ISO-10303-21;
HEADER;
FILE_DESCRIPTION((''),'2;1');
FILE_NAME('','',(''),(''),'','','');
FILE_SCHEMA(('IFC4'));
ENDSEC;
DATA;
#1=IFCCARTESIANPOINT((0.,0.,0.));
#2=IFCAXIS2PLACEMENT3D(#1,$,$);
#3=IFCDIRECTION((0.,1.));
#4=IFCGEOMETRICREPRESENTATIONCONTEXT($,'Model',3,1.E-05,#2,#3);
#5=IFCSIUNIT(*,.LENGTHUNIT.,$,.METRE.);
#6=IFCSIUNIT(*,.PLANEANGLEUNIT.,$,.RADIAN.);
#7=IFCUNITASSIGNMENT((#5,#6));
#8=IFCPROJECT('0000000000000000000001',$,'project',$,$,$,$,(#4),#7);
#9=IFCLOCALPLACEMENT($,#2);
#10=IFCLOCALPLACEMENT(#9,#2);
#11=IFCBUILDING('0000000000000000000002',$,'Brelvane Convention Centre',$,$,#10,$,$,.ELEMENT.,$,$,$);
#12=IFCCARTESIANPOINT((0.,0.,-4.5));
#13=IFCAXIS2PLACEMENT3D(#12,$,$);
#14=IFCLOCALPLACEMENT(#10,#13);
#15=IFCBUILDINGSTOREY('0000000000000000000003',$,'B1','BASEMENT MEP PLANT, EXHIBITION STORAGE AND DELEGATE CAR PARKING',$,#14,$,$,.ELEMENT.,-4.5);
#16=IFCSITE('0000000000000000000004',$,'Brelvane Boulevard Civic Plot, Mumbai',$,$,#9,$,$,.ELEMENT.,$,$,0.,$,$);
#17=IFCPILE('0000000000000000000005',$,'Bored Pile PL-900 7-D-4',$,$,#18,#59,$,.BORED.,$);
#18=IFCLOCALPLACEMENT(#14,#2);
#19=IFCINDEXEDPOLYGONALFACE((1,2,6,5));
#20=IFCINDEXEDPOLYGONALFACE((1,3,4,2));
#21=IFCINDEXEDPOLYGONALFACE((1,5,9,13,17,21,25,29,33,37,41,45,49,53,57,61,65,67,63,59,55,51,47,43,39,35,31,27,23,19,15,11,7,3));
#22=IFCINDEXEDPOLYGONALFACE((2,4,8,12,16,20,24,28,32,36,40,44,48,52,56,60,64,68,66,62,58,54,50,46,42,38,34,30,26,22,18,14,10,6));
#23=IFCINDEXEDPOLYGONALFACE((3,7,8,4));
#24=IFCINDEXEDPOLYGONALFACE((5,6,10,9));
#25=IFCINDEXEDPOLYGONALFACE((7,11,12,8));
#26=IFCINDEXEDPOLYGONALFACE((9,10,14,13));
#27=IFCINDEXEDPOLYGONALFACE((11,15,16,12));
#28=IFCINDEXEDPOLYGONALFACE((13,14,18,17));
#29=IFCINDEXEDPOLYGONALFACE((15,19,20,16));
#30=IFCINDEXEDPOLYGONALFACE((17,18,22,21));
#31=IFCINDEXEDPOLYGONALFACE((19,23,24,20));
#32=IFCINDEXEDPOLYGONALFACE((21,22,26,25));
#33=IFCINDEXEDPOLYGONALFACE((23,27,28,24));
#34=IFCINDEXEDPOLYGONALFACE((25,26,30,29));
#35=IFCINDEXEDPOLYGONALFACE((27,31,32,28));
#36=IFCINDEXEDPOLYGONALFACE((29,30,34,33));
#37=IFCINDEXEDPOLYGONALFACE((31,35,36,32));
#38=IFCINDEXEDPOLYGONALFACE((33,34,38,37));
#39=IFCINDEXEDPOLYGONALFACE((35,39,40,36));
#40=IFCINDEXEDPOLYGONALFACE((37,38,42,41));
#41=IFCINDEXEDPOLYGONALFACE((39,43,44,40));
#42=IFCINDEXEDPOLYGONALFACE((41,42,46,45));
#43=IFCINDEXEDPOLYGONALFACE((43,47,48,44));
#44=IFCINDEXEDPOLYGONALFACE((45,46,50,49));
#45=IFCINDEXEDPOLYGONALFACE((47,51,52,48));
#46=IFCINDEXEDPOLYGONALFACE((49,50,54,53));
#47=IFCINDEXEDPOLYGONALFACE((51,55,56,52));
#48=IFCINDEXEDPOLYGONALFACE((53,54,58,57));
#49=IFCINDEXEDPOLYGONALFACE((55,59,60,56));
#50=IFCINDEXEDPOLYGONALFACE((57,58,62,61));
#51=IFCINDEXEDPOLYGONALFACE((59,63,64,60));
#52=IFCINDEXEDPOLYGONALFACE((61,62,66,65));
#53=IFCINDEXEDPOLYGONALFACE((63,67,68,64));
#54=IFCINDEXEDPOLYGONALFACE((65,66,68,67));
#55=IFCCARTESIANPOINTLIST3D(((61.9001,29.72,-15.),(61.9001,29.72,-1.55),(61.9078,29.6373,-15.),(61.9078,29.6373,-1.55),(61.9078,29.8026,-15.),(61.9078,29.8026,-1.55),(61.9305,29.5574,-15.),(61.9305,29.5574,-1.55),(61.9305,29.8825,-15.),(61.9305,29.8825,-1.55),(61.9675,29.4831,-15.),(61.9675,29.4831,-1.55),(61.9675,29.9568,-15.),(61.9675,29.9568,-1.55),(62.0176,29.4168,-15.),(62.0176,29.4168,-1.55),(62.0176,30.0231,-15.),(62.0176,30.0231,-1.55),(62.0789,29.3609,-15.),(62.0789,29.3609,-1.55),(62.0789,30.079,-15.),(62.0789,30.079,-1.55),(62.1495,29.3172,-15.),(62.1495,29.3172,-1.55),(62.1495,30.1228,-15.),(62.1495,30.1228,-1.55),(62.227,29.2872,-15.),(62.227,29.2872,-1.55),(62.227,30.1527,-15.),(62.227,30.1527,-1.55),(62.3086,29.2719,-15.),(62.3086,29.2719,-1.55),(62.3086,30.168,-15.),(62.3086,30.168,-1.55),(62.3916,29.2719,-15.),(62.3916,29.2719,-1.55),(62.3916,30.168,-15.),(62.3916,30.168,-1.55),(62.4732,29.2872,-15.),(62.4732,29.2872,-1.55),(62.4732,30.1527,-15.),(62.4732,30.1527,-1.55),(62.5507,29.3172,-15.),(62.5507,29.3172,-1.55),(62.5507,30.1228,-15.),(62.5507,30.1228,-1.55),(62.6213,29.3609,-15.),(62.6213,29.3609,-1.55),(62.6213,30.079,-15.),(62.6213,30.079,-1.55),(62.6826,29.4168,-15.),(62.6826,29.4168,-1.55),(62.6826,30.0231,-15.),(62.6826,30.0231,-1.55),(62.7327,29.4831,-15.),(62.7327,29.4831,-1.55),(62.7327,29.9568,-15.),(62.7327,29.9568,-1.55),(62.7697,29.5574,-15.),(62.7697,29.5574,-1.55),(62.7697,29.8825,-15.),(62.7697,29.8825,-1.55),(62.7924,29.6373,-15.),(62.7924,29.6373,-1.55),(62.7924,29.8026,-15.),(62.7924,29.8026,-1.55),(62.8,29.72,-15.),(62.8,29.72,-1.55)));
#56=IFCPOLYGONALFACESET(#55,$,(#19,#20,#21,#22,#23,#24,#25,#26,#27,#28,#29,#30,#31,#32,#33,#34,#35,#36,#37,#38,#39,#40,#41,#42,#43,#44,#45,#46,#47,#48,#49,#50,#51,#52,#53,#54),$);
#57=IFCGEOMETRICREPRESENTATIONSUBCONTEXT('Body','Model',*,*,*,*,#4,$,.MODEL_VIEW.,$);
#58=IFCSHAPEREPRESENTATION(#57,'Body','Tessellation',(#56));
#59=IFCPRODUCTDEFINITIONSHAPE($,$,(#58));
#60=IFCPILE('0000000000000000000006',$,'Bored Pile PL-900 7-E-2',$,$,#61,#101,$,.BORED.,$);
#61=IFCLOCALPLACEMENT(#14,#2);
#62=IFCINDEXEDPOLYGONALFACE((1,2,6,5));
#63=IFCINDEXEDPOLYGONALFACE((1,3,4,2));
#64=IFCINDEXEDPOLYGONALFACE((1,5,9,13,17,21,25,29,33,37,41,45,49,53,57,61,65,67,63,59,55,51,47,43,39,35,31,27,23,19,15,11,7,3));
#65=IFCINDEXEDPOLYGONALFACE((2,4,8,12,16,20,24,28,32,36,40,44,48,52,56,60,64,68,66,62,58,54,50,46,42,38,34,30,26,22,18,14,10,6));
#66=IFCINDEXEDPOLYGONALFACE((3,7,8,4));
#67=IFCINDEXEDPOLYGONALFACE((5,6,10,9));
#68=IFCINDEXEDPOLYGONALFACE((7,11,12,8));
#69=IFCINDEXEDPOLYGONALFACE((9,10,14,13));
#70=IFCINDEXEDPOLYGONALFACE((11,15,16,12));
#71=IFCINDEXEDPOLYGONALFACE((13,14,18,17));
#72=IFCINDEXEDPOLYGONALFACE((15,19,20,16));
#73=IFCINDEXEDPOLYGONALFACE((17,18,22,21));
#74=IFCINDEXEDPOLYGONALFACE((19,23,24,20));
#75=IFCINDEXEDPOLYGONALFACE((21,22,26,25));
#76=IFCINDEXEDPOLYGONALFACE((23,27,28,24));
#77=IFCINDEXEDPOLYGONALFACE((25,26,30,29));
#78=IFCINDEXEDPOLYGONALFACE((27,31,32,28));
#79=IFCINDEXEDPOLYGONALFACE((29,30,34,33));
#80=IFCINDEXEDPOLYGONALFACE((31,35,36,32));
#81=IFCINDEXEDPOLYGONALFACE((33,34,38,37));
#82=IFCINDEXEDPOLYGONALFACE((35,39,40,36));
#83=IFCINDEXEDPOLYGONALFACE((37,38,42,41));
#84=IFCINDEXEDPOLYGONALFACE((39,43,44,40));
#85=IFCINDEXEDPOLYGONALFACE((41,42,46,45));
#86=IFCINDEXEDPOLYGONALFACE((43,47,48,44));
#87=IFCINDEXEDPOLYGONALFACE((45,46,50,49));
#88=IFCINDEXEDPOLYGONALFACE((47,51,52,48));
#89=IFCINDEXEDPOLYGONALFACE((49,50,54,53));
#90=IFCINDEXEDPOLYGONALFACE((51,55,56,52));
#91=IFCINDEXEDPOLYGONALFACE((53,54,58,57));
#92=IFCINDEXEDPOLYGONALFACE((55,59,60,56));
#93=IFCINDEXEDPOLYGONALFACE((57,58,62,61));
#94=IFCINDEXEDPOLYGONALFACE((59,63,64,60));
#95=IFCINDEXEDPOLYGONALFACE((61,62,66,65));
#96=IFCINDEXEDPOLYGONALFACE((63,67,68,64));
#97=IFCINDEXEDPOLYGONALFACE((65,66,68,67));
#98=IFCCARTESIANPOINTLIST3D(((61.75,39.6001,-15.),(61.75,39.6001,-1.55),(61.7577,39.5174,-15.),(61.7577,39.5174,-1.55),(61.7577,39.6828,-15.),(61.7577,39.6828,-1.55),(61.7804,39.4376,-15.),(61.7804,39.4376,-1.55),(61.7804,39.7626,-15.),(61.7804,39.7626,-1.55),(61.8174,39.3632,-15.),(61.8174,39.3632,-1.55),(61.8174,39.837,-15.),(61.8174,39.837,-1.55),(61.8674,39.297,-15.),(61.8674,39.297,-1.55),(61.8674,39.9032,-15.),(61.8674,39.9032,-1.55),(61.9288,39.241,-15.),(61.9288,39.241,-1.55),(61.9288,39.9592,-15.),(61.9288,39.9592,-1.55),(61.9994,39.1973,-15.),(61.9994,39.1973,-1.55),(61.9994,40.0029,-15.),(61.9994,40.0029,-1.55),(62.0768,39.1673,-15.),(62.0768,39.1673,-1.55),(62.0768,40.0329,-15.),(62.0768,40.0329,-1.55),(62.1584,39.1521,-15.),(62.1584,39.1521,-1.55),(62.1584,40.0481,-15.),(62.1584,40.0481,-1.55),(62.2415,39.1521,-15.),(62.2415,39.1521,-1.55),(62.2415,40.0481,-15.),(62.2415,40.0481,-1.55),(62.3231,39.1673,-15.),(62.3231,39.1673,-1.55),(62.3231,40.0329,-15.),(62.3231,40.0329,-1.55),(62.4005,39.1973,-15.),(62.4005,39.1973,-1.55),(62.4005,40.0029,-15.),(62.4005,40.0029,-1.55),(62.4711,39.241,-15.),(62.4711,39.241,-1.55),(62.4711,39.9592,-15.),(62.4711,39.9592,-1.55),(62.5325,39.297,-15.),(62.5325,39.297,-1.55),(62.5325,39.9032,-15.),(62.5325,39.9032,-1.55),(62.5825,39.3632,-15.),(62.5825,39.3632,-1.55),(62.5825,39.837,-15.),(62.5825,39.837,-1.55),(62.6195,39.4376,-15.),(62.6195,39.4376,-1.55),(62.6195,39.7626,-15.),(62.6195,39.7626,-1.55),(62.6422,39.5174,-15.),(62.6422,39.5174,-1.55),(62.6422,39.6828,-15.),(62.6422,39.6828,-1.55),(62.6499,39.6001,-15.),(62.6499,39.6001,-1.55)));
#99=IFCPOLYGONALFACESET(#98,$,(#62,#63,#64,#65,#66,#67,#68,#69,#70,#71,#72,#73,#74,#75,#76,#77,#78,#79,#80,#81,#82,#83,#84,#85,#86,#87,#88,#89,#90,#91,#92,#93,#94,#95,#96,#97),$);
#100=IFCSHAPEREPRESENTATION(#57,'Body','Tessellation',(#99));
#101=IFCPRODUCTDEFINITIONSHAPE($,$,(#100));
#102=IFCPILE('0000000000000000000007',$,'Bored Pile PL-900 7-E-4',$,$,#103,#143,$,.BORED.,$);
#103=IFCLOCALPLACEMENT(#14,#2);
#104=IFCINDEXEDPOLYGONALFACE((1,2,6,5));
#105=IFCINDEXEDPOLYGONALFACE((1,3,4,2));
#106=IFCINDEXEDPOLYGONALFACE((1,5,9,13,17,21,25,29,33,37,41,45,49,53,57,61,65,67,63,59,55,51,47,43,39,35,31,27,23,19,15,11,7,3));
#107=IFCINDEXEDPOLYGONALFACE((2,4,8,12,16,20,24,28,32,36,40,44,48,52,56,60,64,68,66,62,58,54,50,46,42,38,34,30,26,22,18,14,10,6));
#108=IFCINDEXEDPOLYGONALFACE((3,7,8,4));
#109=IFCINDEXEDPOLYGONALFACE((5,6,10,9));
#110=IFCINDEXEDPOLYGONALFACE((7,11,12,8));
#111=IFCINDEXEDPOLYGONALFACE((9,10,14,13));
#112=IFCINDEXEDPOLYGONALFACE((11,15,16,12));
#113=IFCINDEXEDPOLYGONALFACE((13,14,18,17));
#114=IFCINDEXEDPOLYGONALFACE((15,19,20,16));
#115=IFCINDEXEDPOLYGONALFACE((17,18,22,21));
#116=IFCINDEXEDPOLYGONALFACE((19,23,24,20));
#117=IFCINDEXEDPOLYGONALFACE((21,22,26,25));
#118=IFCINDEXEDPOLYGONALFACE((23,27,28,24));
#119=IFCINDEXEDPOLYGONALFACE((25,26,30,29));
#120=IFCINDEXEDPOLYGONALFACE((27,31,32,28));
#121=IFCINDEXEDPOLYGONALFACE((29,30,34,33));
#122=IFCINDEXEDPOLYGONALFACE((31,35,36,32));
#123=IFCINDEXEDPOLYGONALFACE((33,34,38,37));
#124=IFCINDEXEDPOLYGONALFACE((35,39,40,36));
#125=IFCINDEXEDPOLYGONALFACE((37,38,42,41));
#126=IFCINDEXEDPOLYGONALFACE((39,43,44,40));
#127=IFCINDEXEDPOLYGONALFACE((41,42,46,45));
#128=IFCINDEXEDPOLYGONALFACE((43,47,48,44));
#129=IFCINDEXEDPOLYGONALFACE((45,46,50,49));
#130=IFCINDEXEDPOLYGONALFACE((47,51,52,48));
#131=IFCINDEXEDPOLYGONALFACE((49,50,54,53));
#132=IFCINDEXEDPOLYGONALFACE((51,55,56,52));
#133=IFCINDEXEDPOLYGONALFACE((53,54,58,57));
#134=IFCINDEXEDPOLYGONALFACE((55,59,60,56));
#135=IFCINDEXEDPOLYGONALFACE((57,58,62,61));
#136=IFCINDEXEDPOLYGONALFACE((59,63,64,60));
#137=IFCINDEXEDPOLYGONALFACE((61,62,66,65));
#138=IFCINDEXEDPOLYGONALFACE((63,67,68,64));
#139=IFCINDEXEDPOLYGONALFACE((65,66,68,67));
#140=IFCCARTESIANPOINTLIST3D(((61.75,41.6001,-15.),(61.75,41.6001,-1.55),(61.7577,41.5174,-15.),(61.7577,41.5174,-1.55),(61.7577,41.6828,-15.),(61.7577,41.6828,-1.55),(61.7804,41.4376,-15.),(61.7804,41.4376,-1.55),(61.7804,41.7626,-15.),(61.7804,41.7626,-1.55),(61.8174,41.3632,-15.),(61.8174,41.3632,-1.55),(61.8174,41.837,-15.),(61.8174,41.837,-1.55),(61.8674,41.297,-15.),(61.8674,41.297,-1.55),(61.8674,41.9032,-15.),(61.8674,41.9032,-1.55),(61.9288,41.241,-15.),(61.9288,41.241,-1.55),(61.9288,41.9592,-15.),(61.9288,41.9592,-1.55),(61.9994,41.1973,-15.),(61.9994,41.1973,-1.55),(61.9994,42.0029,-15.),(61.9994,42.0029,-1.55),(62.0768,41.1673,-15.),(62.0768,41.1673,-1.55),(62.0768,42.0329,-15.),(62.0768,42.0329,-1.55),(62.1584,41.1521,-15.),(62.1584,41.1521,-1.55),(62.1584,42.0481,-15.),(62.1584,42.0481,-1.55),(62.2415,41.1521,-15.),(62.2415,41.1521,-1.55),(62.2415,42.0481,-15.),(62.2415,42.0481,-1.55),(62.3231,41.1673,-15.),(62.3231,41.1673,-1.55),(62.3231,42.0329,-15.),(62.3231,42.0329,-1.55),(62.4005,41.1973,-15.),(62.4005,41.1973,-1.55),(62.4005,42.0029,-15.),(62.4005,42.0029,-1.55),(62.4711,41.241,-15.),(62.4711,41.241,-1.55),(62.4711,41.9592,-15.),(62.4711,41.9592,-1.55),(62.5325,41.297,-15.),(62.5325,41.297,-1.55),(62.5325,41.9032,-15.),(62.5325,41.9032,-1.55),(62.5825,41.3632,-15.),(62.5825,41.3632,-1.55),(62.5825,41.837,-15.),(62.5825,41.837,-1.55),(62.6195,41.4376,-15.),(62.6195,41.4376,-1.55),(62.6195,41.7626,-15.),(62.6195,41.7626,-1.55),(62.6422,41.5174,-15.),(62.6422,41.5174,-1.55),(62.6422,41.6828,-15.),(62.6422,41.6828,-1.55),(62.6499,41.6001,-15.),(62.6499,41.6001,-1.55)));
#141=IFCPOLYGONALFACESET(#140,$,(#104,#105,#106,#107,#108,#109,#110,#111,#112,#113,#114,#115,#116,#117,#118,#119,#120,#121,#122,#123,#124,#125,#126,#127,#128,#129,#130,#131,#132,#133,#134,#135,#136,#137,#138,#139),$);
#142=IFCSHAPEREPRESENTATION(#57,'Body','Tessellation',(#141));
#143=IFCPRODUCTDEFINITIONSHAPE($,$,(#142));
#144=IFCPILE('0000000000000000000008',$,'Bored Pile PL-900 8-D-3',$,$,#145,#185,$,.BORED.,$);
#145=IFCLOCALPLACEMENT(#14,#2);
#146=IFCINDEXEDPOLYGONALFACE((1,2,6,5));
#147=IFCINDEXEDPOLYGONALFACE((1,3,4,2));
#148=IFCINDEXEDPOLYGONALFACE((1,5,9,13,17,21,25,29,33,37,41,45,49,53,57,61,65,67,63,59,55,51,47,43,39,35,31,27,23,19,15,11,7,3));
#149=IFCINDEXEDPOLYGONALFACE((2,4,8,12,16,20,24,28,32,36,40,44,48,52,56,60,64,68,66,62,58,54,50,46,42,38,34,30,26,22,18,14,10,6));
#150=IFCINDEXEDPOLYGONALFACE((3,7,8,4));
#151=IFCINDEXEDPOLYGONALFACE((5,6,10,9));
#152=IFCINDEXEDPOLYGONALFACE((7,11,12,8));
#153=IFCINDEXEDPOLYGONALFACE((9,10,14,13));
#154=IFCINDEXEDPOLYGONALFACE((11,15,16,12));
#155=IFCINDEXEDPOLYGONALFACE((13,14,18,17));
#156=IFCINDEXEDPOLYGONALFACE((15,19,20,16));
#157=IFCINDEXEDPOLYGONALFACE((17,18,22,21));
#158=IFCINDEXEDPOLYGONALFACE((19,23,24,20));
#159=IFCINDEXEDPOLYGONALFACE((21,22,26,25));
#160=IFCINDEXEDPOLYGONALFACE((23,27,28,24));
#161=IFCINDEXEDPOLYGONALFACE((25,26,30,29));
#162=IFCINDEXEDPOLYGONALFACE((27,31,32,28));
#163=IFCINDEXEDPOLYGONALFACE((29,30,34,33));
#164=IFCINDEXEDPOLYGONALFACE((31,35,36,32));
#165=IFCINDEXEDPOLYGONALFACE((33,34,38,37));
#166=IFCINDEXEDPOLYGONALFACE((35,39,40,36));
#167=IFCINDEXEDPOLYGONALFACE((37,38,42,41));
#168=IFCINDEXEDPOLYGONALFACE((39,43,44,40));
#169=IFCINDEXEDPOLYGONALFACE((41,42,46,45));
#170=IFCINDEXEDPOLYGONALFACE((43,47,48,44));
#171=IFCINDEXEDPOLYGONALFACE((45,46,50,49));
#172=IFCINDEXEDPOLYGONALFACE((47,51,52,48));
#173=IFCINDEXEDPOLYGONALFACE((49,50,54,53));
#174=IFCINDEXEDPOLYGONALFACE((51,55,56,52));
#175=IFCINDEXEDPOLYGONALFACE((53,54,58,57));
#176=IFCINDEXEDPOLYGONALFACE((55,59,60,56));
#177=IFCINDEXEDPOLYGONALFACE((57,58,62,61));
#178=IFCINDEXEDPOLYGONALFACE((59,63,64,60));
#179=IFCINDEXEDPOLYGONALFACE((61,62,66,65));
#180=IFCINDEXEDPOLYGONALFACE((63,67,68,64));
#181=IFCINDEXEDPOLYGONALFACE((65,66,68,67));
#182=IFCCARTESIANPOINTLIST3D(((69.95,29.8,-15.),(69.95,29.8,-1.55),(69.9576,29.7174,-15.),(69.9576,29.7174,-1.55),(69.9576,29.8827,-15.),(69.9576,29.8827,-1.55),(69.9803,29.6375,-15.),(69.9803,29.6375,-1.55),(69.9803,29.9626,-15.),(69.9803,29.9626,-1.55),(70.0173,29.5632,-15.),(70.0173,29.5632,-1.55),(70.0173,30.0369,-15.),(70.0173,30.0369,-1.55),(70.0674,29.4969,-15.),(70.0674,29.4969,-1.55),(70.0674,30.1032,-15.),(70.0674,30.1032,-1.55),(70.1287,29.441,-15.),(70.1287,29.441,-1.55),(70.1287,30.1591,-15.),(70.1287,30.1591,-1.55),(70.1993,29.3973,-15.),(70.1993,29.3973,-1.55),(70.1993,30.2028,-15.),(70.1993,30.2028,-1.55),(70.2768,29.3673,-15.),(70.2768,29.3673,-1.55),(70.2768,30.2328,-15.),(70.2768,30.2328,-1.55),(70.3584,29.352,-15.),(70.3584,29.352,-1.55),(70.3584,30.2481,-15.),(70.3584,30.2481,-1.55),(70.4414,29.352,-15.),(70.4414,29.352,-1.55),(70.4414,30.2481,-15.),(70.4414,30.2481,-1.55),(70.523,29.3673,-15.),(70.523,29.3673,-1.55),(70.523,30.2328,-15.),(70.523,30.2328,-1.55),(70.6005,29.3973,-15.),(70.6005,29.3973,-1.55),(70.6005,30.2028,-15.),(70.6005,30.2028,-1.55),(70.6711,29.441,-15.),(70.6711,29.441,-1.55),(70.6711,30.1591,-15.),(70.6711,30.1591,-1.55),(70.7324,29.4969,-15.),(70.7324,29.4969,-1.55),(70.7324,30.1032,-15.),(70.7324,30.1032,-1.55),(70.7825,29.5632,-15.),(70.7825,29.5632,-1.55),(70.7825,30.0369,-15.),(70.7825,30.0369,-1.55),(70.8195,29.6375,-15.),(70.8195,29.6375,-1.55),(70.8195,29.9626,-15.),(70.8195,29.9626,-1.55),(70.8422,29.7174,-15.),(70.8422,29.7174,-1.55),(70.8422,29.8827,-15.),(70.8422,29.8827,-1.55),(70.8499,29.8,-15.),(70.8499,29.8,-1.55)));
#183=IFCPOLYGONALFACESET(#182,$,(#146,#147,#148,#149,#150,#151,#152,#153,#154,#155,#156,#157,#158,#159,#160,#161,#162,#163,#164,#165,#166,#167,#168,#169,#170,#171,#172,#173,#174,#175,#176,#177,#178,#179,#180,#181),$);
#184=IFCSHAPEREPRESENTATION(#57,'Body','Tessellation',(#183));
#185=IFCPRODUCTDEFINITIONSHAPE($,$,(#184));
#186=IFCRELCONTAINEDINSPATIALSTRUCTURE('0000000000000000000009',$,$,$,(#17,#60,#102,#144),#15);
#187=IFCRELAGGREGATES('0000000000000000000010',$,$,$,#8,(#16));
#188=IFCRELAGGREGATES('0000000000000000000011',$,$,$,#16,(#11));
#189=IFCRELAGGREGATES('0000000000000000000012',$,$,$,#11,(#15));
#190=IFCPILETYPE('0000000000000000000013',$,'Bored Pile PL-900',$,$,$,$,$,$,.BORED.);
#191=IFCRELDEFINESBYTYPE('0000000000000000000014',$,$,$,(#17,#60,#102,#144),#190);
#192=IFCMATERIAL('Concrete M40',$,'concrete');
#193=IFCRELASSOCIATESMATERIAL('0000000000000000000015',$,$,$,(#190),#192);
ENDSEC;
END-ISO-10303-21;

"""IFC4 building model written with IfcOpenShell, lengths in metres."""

from ifc_helpers import new_model, si_unit, direction, frame, origin, origin_2d, place, context, subcontext, project, spatial, circle, extrude, material, material_profile, profile_set, type_object, element, save


model = new_model("IFC4")

# Units and contexts
model_context = context("Model", 3, precision=1e-05, world=origin(), true_north=direction((0.0, 1.0)))
body_context = subcontext(model_context, "Body", "Model", "MODEL_VIEW")
ifc_project = project(units=[si_unit("LENGTHUNIT", "METRE"), si_unit("PLANEANGLEUNIT", "RADIAN")], contexts=[model_context])

# Site, building, storey
site_placement = place(None, origin())
site = spatial("IfcSite", under=ifc_project, at=site_placement, Name="Brelvane Boulevard Civic Plot, Mumbai", CompositionType="ELEMENT", RefElevation=0.0)
building_placement = place(site_placement, origin())
building = spatial("IfcBuilding", under=site, at=building_placement, Name="Brelvane Convention Centre", CompositionType="ELEMENT")
storey_placement = place(building_placement, frame((0.0, 0.0, -4.5)))
storey = spatial("IfcBuildingStorey", under=building, at=storey_placement, Name="B1", Description="BASEMENT MEP PLANT, EXHIBITION STORAGE AND DELEGATE CAR PARKING", CompositionType="ELEMENT", Elevation=-4.5)

# Piles
ifc_material_1 = material(Name="Concrete M40", Category="concrete")
ifc_material_profile_1 = material_profile(ifc_material_1, circle(Radius=0.45, at=origin_2d()), Name="PILE D900")
ifc_profile_set_1 = profile_set([ifc_material_profile_1], Name="Concrete M40")
pile_type = type_object("IfcPileType", Name="Bored Pile PL-900", PredefinedType="BORED", material=ifc_profile_set_1)
for number, where, z_axis, x_axis, name in (
    (1, (62.3501, 29.72, -1.55), (0.0, 0.0, -1.0), (1.0, 0.0, 0.0), "Bored Pile PL-900 7-D-4"),
    (2, (62.2, 39.6001, -1.55), (0.0, 0.0, -1.0), (1.0, 0.0, 0.0), "Bored Pile PL-900 7-E-2"),
    (3, (62.2, 41.6001, -1.55), (0.0, 0.0, -1.0), (1.0, 0.0, 0.0), "Bored Pile PL-900 7-E-4"),
    (4, (70.3999, 29.8, -1.55), (0.0, 0.0, -1.0), (1.0, 0.0, 0.0), "Bored Pile PL-900 8-D-3"),
):
    element("IfcPile", number, at=place(storey_placement, frame(where, z_axis=z_axis, x_axis=x_axis)), inside=storey, type_object=pile_type, Name=name, PredefinedType="BORED", context=body_context, shape_type="SweptSolid", body=[
        extrude(circle(Radius=0.45, at=origin_2d()), origin(), (0.0, 0.0, 1.0), 13.45),
    ])

save(model, "model.ifc")
